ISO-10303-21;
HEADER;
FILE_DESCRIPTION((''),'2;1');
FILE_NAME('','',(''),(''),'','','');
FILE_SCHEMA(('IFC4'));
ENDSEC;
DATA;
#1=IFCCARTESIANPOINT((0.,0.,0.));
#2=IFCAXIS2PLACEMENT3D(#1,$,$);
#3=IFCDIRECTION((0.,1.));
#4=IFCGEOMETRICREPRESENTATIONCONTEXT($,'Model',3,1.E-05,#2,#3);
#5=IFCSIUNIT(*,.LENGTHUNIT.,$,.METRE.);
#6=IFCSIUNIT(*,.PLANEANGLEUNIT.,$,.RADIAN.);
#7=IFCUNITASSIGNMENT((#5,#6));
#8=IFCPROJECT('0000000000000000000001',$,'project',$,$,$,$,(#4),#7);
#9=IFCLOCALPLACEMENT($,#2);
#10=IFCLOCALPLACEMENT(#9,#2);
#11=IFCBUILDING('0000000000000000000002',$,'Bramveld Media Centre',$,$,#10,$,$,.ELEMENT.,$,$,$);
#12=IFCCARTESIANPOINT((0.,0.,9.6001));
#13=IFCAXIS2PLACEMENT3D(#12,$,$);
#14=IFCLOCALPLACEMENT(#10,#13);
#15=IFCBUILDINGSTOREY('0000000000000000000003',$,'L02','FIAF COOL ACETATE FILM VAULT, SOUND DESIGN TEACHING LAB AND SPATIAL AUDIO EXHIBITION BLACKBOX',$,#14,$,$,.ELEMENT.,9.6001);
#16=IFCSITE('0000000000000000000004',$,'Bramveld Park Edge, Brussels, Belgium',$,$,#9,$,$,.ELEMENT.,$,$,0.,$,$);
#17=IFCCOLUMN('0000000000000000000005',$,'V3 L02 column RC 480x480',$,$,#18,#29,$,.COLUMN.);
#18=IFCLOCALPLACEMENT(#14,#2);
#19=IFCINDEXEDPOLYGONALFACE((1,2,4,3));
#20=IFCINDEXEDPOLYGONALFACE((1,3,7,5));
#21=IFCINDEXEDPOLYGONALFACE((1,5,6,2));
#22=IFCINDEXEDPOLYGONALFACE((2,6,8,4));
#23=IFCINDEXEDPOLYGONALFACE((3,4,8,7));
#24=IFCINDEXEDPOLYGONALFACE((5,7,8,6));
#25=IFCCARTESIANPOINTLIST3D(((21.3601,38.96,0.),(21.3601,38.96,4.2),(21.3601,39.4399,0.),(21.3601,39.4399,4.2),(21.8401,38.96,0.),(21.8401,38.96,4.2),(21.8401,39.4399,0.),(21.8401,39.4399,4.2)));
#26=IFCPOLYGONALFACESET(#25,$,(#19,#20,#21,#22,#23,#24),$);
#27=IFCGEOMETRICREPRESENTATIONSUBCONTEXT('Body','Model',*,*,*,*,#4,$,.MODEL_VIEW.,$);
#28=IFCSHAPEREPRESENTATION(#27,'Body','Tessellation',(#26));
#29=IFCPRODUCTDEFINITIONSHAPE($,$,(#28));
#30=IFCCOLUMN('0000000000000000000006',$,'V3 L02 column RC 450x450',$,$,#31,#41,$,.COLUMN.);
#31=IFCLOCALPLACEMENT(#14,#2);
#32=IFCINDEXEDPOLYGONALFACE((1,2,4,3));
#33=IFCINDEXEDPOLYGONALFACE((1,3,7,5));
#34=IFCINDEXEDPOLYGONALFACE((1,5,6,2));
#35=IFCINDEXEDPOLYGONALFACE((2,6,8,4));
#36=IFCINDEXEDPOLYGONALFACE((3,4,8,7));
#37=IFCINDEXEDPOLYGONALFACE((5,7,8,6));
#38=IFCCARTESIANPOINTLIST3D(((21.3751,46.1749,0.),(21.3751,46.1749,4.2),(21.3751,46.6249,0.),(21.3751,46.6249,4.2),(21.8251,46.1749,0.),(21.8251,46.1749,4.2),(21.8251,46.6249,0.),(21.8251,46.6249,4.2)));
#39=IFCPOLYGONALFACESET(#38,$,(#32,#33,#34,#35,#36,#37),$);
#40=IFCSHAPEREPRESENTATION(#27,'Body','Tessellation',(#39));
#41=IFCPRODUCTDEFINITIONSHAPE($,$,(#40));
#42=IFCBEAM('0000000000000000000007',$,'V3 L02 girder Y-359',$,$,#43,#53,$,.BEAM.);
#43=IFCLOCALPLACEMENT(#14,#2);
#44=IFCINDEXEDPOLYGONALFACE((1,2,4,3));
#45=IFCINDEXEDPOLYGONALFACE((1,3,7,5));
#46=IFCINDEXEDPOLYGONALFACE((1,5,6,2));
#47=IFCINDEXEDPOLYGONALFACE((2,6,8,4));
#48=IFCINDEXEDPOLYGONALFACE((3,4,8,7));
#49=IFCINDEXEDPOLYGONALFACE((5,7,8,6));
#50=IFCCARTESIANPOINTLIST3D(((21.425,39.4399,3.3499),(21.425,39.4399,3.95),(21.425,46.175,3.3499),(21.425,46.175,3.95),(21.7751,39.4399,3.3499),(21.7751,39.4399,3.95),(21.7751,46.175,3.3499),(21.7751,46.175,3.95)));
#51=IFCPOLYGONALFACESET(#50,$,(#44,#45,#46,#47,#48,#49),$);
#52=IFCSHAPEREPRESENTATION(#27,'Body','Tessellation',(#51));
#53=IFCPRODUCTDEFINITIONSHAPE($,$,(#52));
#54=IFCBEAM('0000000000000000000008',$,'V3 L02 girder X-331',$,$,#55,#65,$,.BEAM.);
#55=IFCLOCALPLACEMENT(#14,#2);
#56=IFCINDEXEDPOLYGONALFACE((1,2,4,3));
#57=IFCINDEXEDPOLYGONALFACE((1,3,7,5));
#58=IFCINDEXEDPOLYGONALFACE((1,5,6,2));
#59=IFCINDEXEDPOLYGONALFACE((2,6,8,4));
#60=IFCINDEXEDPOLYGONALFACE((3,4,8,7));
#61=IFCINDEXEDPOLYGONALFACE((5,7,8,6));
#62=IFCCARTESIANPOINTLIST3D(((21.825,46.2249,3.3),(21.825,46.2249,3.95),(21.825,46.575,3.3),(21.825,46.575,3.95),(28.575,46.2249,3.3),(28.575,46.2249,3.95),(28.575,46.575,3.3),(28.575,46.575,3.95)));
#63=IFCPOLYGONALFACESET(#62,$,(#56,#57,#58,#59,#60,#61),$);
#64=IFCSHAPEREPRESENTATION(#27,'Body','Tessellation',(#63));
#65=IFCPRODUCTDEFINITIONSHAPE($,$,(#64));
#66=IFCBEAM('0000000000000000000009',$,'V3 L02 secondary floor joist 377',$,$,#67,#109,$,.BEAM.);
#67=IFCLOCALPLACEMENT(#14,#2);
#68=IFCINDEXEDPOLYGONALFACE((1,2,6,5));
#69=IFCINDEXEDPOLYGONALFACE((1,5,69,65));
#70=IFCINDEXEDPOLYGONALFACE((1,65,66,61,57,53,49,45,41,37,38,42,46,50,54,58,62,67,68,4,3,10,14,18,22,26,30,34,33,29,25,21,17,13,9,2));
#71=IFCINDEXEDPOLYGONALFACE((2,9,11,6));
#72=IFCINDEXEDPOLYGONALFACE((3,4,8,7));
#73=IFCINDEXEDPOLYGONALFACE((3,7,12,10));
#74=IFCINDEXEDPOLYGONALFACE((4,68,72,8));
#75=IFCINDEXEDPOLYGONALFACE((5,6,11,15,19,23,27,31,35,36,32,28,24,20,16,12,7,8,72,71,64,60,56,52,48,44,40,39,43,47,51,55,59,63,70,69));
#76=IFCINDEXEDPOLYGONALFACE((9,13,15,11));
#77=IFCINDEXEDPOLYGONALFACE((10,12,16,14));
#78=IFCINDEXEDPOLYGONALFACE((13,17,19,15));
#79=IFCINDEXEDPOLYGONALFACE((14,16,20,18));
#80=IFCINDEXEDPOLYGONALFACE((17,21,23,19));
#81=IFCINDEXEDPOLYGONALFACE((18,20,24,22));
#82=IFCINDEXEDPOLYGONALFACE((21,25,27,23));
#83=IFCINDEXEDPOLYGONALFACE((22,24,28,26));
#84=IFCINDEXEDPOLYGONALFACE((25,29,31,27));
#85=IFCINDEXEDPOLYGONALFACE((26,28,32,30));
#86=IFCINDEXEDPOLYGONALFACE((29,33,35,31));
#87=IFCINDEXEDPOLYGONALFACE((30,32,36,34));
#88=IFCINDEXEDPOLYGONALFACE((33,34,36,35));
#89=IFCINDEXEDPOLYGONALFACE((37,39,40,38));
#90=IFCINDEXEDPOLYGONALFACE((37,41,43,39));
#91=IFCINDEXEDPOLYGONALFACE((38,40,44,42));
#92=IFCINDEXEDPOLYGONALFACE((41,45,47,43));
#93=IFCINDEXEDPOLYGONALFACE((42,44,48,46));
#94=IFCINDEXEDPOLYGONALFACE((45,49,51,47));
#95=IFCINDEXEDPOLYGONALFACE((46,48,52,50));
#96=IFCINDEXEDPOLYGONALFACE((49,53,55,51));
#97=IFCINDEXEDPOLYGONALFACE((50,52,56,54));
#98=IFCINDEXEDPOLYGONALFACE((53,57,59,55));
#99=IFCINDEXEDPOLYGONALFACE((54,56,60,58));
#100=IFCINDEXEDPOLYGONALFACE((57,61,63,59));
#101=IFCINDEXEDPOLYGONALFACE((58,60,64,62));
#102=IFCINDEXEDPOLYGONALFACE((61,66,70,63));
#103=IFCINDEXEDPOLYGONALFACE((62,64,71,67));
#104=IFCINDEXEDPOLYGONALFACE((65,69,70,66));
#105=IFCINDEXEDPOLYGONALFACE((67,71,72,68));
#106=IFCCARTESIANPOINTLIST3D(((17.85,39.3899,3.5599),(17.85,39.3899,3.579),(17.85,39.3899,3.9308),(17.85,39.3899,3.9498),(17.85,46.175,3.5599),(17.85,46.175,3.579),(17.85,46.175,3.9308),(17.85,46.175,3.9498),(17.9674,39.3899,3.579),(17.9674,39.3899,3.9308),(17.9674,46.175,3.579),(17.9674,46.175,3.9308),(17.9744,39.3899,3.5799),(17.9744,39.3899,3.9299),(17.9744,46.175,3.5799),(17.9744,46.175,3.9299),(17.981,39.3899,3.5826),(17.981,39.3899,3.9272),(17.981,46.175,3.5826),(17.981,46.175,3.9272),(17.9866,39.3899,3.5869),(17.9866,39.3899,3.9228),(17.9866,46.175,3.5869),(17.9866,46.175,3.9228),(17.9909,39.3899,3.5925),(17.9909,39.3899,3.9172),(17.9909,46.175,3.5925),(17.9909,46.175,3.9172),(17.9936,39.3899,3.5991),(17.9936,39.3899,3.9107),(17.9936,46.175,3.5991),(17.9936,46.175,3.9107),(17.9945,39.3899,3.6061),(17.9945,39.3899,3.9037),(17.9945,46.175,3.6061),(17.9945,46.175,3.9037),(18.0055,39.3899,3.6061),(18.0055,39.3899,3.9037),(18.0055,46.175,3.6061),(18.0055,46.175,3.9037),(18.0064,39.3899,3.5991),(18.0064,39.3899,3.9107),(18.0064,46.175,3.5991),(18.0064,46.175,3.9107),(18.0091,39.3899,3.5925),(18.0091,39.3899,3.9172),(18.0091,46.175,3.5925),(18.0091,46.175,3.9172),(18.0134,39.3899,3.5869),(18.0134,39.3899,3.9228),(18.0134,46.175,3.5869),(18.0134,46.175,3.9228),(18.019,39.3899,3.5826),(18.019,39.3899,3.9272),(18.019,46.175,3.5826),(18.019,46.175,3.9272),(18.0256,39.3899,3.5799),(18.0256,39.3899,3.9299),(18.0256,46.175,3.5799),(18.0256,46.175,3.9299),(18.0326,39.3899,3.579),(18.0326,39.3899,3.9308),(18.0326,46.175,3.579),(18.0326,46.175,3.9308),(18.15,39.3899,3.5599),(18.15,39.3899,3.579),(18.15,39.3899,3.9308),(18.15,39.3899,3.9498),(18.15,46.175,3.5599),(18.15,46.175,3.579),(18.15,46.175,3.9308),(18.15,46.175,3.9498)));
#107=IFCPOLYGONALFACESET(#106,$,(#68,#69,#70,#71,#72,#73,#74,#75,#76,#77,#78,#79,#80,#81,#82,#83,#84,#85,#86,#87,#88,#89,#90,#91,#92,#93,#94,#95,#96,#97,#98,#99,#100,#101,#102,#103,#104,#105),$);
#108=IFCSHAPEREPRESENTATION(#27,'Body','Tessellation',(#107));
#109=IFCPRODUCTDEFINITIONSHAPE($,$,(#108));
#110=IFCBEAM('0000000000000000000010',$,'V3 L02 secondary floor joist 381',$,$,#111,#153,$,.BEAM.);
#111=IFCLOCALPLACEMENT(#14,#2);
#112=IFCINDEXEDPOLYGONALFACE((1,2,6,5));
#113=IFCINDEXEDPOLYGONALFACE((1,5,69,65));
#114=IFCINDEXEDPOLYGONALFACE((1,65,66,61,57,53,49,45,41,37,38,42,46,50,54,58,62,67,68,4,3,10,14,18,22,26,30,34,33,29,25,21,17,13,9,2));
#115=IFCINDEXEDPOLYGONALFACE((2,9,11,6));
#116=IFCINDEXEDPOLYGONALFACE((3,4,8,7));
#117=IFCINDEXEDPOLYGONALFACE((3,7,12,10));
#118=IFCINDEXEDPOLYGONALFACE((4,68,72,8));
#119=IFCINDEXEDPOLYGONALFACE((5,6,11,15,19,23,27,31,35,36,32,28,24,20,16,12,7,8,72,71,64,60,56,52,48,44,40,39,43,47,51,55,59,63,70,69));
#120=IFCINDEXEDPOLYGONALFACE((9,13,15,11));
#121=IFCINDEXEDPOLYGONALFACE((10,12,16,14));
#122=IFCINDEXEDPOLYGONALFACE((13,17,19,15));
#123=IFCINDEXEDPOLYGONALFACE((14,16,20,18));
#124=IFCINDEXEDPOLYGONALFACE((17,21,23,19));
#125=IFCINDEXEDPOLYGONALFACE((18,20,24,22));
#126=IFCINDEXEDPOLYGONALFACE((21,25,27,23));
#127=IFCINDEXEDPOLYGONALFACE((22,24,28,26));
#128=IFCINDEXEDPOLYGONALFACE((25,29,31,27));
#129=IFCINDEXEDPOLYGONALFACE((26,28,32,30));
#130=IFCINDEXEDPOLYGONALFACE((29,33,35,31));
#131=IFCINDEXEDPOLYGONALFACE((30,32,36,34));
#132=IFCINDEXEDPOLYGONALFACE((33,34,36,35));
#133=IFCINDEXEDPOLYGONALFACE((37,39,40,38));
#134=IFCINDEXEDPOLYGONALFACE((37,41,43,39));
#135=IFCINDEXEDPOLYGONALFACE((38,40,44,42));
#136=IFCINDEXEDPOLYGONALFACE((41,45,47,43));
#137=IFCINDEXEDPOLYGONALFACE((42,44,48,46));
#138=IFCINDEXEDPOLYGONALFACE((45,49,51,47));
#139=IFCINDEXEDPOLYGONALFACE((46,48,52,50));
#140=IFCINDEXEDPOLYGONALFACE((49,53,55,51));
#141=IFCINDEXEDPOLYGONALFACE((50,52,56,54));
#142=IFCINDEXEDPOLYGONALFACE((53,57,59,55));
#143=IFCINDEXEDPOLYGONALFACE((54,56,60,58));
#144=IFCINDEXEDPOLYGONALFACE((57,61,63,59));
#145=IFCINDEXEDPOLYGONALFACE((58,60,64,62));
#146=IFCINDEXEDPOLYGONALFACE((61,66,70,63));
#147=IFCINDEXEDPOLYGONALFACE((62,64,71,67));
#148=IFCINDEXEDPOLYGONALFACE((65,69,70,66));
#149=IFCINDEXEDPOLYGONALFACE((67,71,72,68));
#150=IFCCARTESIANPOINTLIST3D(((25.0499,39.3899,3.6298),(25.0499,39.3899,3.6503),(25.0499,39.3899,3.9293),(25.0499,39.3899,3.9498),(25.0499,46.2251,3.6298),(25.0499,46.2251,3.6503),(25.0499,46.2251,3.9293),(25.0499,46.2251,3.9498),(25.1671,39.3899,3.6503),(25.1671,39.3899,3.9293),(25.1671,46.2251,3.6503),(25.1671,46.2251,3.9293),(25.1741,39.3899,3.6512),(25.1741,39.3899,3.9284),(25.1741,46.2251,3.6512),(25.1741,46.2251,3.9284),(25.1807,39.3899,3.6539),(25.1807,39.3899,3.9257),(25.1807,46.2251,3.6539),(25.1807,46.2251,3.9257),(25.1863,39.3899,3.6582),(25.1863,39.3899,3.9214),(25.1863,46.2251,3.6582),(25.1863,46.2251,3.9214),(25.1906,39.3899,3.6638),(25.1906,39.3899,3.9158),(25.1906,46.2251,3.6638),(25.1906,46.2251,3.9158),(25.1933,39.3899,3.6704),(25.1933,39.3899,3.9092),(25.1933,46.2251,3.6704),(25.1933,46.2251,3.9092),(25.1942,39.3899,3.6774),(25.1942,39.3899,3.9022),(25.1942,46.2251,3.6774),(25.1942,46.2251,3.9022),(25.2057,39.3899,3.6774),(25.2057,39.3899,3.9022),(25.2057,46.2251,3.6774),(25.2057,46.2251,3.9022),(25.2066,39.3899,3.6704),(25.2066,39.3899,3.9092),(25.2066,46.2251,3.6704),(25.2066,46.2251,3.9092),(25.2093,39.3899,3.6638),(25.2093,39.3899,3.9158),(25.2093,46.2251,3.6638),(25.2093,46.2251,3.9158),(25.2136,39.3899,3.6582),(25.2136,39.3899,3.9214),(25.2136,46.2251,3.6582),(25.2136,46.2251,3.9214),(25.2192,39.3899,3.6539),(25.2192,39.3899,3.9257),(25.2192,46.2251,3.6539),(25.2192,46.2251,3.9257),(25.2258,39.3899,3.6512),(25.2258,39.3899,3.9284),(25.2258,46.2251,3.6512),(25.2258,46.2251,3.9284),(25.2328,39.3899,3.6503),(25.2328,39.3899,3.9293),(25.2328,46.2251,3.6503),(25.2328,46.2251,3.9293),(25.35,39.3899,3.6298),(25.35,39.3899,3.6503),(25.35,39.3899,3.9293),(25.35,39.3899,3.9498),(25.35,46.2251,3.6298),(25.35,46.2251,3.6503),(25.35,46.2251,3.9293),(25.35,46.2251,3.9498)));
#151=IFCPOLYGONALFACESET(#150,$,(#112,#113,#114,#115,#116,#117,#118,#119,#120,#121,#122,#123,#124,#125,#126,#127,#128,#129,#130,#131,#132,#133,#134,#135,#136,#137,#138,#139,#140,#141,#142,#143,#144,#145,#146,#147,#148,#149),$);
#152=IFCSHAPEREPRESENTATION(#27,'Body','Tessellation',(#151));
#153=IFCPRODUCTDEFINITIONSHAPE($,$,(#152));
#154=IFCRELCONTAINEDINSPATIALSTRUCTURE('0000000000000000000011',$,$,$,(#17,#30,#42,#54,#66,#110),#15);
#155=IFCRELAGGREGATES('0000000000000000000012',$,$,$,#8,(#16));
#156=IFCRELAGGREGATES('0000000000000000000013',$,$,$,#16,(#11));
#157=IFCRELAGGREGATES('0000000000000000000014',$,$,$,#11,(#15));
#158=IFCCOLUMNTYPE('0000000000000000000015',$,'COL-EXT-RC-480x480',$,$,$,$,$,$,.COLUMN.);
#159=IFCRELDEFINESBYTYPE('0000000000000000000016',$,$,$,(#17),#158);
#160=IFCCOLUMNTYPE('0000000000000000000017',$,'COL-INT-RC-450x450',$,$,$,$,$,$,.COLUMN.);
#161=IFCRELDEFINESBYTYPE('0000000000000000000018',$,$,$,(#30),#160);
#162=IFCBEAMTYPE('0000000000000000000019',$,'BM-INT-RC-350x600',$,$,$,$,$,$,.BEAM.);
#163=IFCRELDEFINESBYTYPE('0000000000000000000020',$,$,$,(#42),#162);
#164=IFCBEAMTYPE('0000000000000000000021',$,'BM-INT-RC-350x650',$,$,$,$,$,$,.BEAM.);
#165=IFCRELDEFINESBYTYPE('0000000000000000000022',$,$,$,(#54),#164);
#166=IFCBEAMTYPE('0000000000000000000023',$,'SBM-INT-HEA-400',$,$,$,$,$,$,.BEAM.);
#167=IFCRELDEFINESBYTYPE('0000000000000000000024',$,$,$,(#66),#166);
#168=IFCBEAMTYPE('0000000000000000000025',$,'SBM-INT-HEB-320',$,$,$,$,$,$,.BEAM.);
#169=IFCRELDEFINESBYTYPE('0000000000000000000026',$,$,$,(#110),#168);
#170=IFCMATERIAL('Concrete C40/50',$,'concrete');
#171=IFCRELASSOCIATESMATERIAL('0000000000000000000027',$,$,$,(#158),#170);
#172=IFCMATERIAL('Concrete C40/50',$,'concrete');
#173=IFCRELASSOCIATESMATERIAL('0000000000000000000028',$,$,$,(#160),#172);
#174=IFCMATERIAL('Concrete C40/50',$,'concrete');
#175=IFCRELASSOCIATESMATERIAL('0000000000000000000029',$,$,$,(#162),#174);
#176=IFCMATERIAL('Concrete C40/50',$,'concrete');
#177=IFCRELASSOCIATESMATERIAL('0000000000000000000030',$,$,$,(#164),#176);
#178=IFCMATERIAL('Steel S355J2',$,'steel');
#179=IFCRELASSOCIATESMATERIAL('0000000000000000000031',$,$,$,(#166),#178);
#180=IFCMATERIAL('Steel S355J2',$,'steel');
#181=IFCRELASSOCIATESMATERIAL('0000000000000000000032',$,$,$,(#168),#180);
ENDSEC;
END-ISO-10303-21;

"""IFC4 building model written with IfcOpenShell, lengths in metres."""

from ifc_helpers import new_model, si_unit, direction, frame, origin, origin_2d, place, context, subcontext, project, spatial, rectangle, i_section, extrude, material, material_profile, profile_set, type_object, element, save


model = new_model("IFC4")

# Units and contexts
model_context = context("Model", 3, precision=1e-05, world=origin(), true_north=direction((0.0, 1.0)))
body_context = subcontext(model_context, "Body", "Model", "MODEL_VIEW")
ifc_project = project(units=[si_unit("LENGTHUNIT", "METRE"), si_unit("PLANEANGLEUNIT", "RADIAN")], contexts=[model_context])

# Site, building, storey
site_placement = place(None, origin())
site = spatial("IfcSite", under=ifc_project, at=site_placement, Name="Bramveld Park Edge, Brussels, Belgium", CompositionType="ELEMENT", RefElevation=0.0)
building_placement = place(site_placement, origin())
building = spatial("IfcBuilding", under=site, at=building_placement, Name="Bramveld Media Centre", CompositionType="ELEMENT")
storey_placement = place(building_placement, frame((0.0, 0.0, 9.6001)))
storey = spatial("IfcBuildingStorey", under=building, at=storey_placement, Name="L02", Description="FIAF COOL ACETATE FILM VAULT, SOUND DESIGN TEACHING LAB AND SPATIAL AUDIO EXHIBITION BLACKBOX", CompositionType="ELEMENT", Elevation=9.6001)

# Columns
ifc_material_1 = material(Name="Concrete C40/50", Category="concrete")
ifc_material_profile_1 = material_profile(ifc_material_1, rectangle(XDim=0.48, YDim=0.48, at=origin_2d()), Name="RC 480x480")
ifc_profile_set_1 = profile_set([ifc_material_profile_1], Name="Concrete C40/50")
column_type_1 = type_object("IfcColumnType", Name="COL-EXT-RC-480x480", PredefinedType="COLUMN", material=ifc_profile_set_1)
column_1_placement = place(storey_placement, frame((21.6001, 39.2, 0.0), z_axis=(0.0, 0.0, 1.0), x_axis=(1.0, 0.0, 0.0)))
element("IfcColumn", 1, at=column_1_placement, inside=storey, type_object=column_type_1, Name="V3 L02 column RC 480x480", PredefinedType="COLUMN", context=body_context, shape_type="SweptSolid", body=[
    extrude(rectangle(XDim=0.48, YDim=0.48, at=origin_2d()), origin(), (0.0, 0.0, 1.0), 4.2),
])
ifc_material_2 = material(Name="Concrete C40/50", Category="concrete")
ifc_material_profile_2 = material_profile(ifc_material_2, rectangle(XDim=0.45, YDim=0.45, at=origin_2d()), Name="RC 450x450")
ifc_profile_set_2 = profile_set([ifc_material_profile_2], Name="Concrete C40/50")
column_type_2 = type_object("IfcColumnType", Name="COL-INT-RC-450x450", PredefinedType="COLUMN", material=ifc_profile_set_2)
column_2_placement = place(storey_placement, frame((21.6001, 46.3999, 0.0), z_axis=(0.0, 0.0, 1.0), x_axis=(1.0, 0.0, 0.0)))
element("IfcColumn", 2, at=column_2_placement, inside=storey, type_object=column_type_2, Name="V3 L02 column RC 450x450", PredefinedType="COLUMN", context=body_context, shape_type="SweptSolid", body=[
    extrude(rectangle(XDim=0.45, YDim=0.45, at=origin_2d()), origin(), (0.0, 0.0, 1.0), 4.2),
])

# Beams
ifc_material_3 = material(Name="Concrete C40/50", Category="concrete")
ifc_material_profile_3 = material_profile(ifc_material_3, rectangle(XDim=0.3501, YDim=0.6001, at=origin_2d()), Name="RC 350x600")
ifc_profile_set_3 = profile_set([ifc_material_profile_3], Name="Concrete C40/50")
beam_type_1 = type_object("IfcBeamType", Name="BM-INT-RC-350x600", PredefinedType="BEAM", material=ifc_profile_set_3)
beam_1_placement = place(storey_placement, frame((21.6001, 39.4399, 3.6499), z_axis=(0.0, 1.0, 0.0), x_axis=(-1.0, 0.0, 0.0)))
element("IfcBeam", 3, at=beam_1_placement, inside=storey, type_object=beam_type_1, Name="V3 L02 girder Y-359", PredefinedType="BEAM", context=body_context, shape_type="SweptSolid", body=[
    extrude(rectangle(XDim=0.3501, YDim=0.6001, at=origin_2d()), origin(), (0.0, 0.0, 1.0), 6.7351),
])
ifc_material_4 = material(Name="Concrete C40/50", Category="concrete")
ifc_material_profile_4 = material_profile(ifc_material_4, rectangle(XDim=0.3501, YDim=0.6499, at=origin_2d()), Name="RC 350x650")
ifc_profile_set_4 = profile_set([ifc_material_profile_4], Name="Concrete C40/50")
beam_type_2 = type_object("IfcBeamType", Name="BM-INT-RC-350x650", PredefinedType="BEAM", material=ifc_profile_set_4)
beam_2_placement = place(storey_placement, frame((21.825, 46.3999, 3.625), z_axis=(1.0, 0.0, 0.0), x_axis=(0.0, 1.0, 0.0)))
element("IfcBeam", 4, at=beam_2_placement, inside=storey, type_object=beam_type_2, Name="V3 L02 girder X-331", PredefinedType="BEAM", context=body_context, shape_type="SweptSolid", body=[
    extrude(rectangle(XDim=0.3501, YDim=0.6499, at=origin_2d()), origin(), (0.0, 0.0, 1.0), 6.75),
])
ifc_material_5 = material(Name="Steel S355J2", Category="steel")
ifc_material_profile_5 = material_profile(ifc_material_5, i_section(OverallWidth=0.3, OverallDepth=0.3899, WebThickness=0.011, FlangeThickness=0.019, FilletRadius=0.0271, at=origin_2d()), Name="HEA 400")
ifc_profile_set_5 = profile_set([ifc_material_profile_5], Name="Steel S355J2")
beam_type_3 = type_object("IfcBeamType", Name="SBM-INT-HEA-400", PredefinedType="BEAM", material=ifc_profile_set_5)
beam_3_placement = place(storey_placement, frame((18.0, 39.3899, 3.7549), z_axis=(0.0, 1.0, 0.0), x_axis=(-1.0, 0.0, 0.0)))
element("IfcBeam", 5, at=beam_3_placement, inside=storey, type_object=beam_type_3, Name="V3 L02 secondary floor joist 377", PredefinedType="BEAM", context=body_context, shape_type="SweptSolid", body=[
    extrude(i_section(OverallWidth=0.3, OverallDepth=0.3899, WebThickness=0.011, FlangeThickness=0.019, FilletRadius=0.0271, at=origin_2d()), origin(), (0.0, 0.0, 1.0), 6.7852),
])
ifc_material_6 = material(Name="Steel S355J2", Category="steel")
ifc_material_profile_6 = material_profile(ifc_material_6, i_section(OverallWidth=0.3, OverallDepth=0.3201, WebThickness=0.0115, FlangeThickness=0.0205, FilletRadius=0.0271, at=origin_2d()), Name="HEB 320")
ifc_profile_set_6 = profile_set([ifc_material_profile_6], Name="Steel S355J2")
beam_type_4 = type_object("IfcBeamType", Name="SBM-INT-HEB-320", PredefinedType="BEAM", material=ifc_profile_set_6)
beam_4_placement = place(storey_placement, frame((25.2, 39.3899, 3.7898), z_axis=(0.0, 1.0, 0.0), x_axis=(-1.0, 0.0, 0.0)))
element("IfcBeam", 6, at=beam_4_placement, inside=storey, type_object=beam_type_4, Name="V3 L02 secondary floor joist 381", PredefinedType="BEAM", context=body_context, shape_type="SweptSolid", body=[
    extrude(i_section(OverallWidth=0.3, OverallDepth=0.3201, WebThickness=0.0115, FlangeThickness=0.0205, FilletRadius=0.0271, at=origin_2d()), origin(), (0.0, 0.0, 1.0), 6.8352),
])

save(model, "model.ifc")
